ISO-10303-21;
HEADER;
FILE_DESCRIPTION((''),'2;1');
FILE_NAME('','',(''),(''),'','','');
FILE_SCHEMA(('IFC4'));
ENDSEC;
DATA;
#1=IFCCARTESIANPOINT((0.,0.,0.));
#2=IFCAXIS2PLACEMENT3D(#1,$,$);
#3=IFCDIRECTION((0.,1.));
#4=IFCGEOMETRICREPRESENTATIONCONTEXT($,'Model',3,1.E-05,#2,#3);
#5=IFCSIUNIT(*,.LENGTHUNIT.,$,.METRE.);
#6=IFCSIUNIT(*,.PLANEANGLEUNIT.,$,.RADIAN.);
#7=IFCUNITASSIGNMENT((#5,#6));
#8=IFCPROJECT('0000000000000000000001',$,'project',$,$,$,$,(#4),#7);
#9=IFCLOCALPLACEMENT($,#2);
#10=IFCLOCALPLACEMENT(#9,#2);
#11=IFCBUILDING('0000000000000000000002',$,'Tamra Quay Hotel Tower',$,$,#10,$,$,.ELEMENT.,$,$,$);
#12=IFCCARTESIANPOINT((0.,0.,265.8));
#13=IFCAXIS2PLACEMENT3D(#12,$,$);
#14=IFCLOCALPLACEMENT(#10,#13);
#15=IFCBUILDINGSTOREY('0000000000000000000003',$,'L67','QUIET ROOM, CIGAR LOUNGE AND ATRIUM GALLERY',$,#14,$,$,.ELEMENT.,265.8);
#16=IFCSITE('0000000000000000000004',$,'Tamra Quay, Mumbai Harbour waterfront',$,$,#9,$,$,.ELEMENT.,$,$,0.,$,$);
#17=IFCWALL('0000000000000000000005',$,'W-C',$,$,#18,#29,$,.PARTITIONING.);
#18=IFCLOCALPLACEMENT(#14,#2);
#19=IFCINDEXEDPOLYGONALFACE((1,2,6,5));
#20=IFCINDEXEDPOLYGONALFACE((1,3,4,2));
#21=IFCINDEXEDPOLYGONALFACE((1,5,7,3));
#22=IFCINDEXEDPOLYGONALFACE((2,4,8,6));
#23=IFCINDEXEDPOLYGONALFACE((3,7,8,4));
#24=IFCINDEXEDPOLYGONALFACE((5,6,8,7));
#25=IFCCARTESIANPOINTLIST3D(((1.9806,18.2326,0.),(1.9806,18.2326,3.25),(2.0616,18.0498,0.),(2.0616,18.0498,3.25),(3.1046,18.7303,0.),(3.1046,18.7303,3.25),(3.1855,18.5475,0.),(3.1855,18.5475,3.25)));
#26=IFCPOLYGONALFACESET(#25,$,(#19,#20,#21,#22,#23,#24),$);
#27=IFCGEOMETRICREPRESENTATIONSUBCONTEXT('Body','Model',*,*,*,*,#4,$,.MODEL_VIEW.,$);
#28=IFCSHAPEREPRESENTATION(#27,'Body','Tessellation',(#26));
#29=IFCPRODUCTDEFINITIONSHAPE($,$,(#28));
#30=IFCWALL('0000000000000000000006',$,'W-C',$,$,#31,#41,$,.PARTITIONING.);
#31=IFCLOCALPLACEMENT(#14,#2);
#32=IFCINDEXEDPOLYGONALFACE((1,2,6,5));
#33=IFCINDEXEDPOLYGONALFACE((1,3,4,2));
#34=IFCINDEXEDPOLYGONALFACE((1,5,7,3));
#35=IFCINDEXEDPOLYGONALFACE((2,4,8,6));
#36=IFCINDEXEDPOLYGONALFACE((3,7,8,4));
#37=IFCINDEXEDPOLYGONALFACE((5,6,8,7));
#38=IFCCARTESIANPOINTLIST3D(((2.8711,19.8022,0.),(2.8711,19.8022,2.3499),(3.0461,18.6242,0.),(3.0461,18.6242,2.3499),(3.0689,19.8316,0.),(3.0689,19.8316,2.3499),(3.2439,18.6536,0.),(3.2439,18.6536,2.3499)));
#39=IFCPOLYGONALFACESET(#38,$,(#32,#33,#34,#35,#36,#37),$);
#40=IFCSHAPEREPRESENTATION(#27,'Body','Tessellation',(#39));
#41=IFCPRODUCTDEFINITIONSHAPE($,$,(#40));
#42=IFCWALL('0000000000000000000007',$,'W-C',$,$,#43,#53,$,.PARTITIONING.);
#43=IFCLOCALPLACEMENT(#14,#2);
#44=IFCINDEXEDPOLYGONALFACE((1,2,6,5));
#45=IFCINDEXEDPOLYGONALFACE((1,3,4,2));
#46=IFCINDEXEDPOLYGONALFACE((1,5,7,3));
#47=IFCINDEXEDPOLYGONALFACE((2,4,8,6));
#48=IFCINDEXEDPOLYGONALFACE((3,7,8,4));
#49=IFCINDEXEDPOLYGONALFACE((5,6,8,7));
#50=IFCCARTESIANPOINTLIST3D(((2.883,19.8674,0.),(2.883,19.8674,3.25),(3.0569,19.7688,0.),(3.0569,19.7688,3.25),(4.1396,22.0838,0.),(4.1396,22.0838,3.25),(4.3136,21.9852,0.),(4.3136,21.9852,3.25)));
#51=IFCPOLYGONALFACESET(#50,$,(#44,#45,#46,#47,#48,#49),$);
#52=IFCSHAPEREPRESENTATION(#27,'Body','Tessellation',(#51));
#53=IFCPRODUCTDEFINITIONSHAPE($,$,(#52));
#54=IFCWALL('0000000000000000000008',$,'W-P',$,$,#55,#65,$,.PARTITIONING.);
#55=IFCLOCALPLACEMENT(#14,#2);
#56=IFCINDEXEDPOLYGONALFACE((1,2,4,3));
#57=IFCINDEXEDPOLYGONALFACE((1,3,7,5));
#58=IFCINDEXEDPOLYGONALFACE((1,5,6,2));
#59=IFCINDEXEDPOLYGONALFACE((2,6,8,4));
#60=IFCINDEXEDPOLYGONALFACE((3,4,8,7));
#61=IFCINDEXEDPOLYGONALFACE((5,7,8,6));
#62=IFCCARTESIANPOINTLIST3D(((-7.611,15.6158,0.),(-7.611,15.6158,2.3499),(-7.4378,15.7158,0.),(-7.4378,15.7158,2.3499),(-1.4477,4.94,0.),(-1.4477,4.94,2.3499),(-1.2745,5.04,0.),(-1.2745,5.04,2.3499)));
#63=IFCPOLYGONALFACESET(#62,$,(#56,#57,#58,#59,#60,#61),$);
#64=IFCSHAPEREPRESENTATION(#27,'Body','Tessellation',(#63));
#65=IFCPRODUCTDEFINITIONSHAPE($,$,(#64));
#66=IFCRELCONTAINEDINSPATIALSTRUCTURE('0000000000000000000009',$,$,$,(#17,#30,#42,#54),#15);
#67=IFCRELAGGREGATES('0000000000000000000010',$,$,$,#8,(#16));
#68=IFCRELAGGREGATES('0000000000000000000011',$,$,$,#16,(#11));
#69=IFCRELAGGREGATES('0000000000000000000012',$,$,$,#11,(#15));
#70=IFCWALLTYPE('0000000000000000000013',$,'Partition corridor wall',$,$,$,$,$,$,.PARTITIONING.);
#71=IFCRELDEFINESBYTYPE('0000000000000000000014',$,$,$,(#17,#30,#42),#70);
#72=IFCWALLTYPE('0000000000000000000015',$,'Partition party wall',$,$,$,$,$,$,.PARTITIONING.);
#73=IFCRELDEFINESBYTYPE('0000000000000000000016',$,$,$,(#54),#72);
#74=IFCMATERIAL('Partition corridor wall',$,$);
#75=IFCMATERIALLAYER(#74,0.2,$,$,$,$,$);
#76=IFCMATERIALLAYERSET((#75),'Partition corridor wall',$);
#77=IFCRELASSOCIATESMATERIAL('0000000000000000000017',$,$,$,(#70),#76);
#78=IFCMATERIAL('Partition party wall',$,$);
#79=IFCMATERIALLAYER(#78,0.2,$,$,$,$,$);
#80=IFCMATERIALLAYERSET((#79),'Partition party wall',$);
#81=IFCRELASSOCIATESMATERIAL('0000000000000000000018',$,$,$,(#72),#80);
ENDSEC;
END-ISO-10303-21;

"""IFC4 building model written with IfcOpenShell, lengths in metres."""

from ifc_helpers import new_model, si_unit, direction, frame, frame_2d, origin, place, context, subcontext, project, spatial, rectangle, extrude, material, layer, layer_set, type_object, element, save


model = new_model("IFC4")

# Units and contexts
model_context = context("Model", 3, precision=1e-05, world=origin(), true_north=direction((0.0, 1.0)))
body_context = subcontext(model_context, "Body", "Model", "MODEL_VIEW")
ifc_project = project(units=[si_unit("LENGTHUNIT", "METRE"), si_unit("PLANEANGLEUNIT", "RADIAN")], contexts=[model_context])

# Site, building, storey
site_placement = place(None, origin())
site = spatial("IfcSite", under=ifc_project, at=site_placement, Name="Tamra Quay, Mumbai Harbour waterfront", CompositionType="ELEMENT", RefElevation=0.0)
building_placement = place(site_placement, origin())
building = spatial("IfcBuilding", under=site, at=building_placement, Name="Tamra Quay Hotel Tower", CompositionType="ELEMENT")
storey_placement = place(building_placement, frame((0.0, 0.0, 265.8)))
storey = spatial("IfcBuildingStorey", under=building, at=storey_placement, Name="L67", Description="QUIET ROOM, CIGAR LOUNGE AND ATRIUM GALLERY", CompositionType="ELEMENT", Elevation=265.8)

# Shared definitions
ifc_material_1 = material(Name="Partition corridor wall")
ifc_layer_1 = layer(ifc_material_1, 0.2)
ifc_layer_set_1 = layer_set([ifc_layer_1], Name="Partition corridor wall")
wall_type_1 = type_object("IfcWallType", Name="Partition corridor wall", PredefinedType="PARTITIONING", material=ifc_layer_set_1)

# Walls
wall_1_placement = place(storey_placement, frame((2.021, 18.1411, 0.0), z_axis=(0.0, 0.0, 1.0), x_axis=(0.914343, 0.40494, 0.0)))
element("IfcWall", 1, at=wall_1_placement, inside=storey, type_object=wall_type_1, Name="W-C", PredefinedType="PARTITIONING", context=body_context, shape_type="SweptSolid", body=[
    extrude(rectangle(XDim=1.2292, YDim=0.2, at=frame_2d((0.6147, 0.0))), origin(), (0.0, 0.0, 1.0), 3.25),
])
wall_2_placement = place(storey_placement, frame((2.97, 19.8169, 0.0), z_axis=(0.0, 0.0, 1.0), x_axis=(0.146987, -0.989138, 0.0)))
element("IfcWall", 2, at=wall_2_placement, inside=storey, type_object=wall_type_1, Name="W-C", PredefinedType="PARTITIONING", context=body_context, shape_type="SweptSolid", body=[
    extrude(rectangle(XDim=1.1909, YDim=0.2, at=frame_2d((0.5955, 0.0))), origin(), (0.0, 0.0, 1.0), 2.3499),
])
wall_3_placement = place(storey_placement, frame((2.97, 19.8181, 0.0), z_axis=(0.0, 0.0, 1.0), x_axis=(0.493216, 0.869907, 0.0)))
element("IfcWall", 3, at=wall_3_placement, inside=storey, type_object=wall_type_1, Name="W-C", PredefinedType="PARTITIONING", context=body_context, shape_type="SweptSolid", body=[
    extrude(rectangle(XDim=2.5479, YDim=0.2, at=frame_2d((1.2739, 0.0))), origin(), (0.0, 0.0, 1.0), 3.25),
])
ifc_material_2 = material(Name="Partition party wall")
ifc_layer_2 = layer(ifc_material_2, 0.2)
ifc_layer_set_2 = layer_set([ifc_layer_2], Name="Partition party wall")
wall_type_2 = type_object("IfcWallType", Name="Partition party wall", PredefinedType="PARTITIONING", material=ifc_layer_set_2)
wall_4_placement = place(storey_placement, frame((-7.5244, 15.6658, 0.0), z_axis=(0.0, 0.0, 1.0), x_axis=(0.49998, -0.866037, 0.0)))
element("IfcWall", 4, at=wall_4_placement, inside=storey, type_object=wall_type_2, Name="W-P", PredefinedType="PARTITIONING", context=body_context, shape_type="SweptSolid", body=[
    extrude(rectangle(XDim=12.3271, YDim=0.2, at=frame_2d((6.1636, 0.0))), origin(), (0.0, 0.0, 1.0), 2.3499),
])

save(model, "model.ifc")
